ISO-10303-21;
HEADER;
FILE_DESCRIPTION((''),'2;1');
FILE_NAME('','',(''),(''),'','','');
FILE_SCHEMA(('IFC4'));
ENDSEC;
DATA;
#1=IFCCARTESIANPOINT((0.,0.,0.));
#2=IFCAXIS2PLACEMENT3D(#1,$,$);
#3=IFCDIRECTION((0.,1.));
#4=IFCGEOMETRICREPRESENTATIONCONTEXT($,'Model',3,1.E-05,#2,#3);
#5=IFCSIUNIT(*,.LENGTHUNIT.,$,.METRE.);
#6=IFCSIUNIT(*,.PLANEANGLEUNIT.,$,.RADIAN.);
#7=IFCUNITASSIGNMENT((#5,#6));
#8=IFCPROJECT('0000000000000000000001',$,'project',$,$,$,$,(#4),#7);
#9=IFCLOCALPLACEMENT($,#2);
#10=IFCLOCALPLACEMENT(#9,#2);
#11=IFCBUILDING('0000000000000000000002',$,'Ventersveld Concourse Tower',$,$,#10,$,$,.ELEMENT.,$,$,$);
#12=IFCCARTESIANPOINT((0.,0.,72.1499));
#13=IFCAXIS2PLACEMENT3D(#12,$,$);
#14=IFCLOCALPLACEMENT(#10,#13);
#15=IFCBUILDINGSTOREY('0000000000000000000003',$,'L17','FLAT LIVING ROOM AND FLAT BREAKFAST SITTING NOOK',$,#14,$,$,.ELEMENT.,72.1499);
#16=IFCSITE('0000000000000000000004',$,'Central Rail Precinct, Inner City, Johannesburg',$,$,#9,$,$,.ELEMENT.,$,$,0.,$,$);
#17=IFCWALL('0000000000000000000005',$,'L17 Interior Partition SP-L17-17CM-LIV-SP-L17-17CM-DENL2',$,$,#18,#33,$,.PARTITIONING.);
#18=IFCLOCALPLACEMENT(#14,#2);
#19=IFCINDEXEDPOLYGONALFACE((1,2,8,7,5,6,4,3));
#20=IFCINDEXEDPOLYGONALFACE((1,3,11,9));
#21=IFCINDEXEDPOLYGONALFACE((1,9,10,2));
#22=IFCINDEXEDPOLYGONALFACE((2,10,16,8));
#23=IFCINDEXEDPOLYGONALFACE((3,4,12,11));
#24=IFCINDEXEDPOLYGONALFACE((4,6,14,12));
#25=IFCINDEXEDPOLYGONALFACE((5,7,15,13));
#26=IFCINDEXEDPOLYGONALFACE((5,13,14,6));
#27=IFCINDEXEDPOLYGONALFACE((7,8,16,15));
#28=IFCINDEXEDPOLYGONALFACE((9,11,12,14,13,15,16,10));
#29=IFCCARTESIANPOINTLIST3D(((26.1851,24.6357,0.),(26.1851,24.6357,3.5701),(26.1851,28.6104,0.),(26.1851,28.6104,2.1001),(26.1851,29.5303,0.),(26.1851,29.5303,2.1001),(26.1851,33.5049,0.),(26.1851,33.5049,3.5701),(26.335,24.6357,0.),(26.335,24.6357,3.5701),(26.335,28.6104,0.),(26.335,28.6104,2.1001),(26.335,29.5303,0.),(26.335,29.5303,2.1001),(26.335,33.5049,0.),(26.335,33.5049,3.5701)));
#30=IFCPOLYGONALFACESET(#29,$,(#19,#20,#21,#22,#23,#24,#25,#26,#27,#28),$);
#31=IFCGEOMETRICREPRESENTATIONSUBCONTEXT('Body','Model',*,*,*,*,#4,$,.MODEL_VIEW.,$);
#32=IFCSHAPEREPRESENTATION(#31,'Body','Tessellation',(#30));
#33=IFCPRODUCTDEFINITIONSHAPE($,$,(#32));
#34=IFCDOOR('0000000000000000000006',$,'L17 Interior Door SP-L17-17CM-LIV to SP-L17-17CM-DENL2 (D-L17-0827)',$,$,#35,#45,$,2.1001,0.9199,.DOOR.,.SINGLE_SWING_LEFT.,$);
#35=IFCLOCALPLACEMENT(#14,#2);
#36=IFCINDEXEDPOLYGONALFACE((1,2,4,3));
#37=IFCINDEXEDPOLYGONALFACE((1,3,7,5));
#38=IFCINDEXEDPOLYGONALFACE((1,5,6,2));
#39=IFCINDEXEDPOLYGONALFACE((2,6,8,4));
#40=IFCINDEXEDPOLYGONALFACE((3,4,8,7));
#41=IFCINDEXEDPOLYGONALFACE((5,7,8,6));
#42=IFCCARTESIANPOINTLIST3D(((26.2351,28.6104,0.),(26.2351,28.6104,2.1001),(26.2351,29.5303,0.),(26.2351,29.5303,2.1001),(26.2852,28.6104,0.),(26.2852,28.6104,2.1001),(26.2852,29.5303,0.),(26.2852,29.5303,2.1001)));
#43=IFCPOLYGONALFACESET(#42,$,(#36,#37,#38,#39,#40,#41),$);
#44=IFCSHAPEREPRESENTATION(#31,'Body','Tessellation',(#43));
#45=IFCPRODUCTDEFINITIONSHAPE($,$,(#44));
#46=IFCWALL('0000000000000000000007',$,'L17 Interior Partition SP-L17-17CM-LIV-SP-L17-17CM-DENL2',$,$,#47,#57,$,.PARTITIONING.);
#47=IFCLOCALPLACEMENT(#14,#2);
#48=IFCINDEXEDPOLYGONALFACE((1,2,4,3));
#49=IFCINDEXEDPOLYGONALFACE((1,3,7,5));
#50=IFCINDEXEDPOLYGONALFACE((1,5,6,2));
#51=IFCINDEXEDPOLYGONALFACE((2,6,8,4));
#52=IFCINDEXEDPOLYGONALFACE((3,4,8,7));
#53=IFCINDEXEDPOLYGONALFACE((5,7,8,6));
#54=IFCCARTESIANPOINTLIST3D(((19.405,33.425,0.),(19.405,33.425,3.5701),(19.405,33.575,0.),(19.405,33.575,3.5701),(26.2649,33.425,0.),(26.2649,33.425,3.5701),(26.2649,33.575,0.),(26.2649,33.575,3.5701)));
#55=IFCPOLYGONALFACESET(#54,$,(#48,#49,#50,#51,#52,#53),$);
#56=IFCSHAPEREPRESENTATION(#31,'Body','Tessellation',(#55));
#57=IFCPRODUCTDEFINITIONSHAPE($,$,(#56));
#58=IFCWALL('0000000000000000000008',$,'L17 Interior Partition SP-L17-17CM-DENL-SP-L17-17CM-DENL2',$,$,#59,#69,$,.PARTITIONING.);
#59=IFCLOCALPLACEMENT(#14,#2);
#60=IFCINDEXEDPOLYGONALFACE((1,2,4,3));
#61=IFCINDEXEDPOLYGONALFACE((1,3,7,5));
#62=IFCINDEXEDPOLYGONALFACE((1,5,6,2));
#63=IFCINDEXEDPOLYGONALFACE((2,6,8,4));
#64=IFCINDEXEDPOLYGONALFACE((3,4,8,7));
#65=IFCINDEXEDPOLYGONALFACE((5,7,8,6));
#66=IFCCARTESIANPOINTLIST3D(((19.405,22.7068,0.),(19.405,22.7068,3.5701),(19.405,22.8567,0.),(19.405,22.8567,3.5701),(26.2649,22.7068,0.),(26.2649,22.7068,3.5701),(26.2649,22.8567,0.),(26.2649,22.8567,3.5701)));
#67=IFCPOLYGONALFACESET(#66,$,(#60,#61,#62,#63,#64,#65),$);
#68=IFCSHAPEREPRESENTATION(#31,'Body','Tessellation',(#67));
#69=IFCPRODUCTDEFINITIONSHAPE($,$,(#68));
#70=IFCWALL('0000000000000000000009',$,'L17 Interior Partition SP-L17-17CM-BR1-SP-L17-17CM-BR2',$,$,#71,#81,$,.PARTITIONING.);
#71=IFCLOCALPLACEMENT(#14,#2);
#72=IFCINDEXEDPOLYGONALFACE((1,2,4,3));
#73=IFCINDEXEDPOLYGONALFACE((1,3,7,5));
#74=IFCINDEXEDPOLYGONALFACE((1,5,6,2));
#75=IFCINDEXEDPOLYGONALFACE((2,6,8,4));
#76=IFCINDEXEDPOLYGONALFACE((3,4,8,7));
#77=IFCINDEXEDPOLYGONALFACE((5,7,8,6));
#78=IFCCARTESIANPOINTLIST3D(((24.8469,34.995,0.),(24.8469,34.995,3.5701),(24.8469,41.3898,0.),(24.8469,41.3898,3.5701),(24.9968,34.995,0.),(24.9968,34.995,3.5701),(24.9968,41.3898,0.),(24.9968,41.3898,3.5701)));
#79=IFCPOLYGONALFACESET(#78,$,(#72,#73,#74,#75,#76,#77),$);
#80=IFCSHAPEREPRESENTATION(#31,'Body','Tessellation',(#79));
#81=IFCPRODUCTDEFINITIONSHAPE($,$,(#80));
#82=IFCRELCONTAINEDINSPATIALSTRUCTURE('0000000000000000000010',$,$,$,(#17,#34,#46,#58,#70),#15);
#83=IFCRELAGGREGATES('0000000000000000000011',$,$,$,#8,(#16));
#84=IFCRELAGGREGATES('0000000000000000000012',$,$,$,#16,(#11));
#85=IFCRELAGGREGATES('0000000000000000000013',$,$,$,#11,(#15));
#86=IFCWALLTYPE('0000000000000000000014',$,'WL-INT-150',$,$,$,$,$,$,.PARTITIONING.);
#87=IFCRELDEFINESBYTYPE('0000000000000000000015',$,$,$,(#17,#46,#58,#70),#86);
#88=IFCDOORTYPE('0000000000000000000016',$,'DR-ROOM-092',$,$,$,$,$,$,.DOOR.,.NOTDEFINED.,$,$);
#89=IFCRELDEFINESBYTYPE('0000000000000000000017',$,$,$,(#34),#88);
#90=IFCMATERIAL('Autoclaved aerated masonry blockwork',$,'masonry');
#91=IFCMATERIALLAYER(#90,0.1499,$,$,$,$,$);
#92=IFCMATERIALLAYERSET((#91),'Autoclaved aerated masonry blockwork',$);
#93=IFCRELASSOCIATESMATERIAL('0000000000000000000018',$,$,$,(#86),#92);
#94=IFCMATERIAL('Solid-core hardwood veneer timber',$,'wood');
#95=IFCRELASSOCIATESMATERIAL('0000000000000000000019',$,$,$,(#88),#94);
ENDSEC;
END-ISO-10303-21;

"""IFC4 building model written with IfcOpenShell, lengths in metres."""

from ifc_helpers import new_model, si_unit, direction, frame, frame_2d, origin, place, context, subcontext, project, spatial, rectangle, extrude, material, layer, layer_set, type_object, element, fill, save


model = new_model("IFC4")

# Units and contexts
model_context = context("Model", 3, precision=1e-05, world=origin(), true_north=direction((0.0, 1.0)))
body_context = subcontext(model_context, "Body", "Model", "MODEL_VIEW")
ifc_project = project(units=[si_unit("LENGTHUNIT", "METRE"), si_unit("PLANEANGLEUNIT", "RADIAN")], contexts=[model_context])

# Site, building, storey
site_placement = place(None, origin())
site = spatial("IfcSite", under=ifc_project, at=site_placement, Name="Central Rail Precinct, Inner City, Johannesburg", CompositionType="ELEMENT", RefElevation=0.0)
building_placement = place(site_placement, origin())
building = spatial("IfcBuilding", under=site, at=building_placement, Name="Ventersveld Concourse Tower", CompositionType="ELEMENT")
storey_placement = place(building_placement, frame((0.0, 0.0, 72.1499)))
storey = spatial("IfcBuildingStorey", under=building, at=storey_placement, Name="L17", Description="FLAT LIVING ROOM AND FLAT BREAKFAST SITTING NOOK", CompositionType="ELEMENT", Elevation=72.1499)

# Shared definitions
ifc_material_1 = material(Name="Autoclaved aerated masonry blockwork", Category="masonry")
ifc_layer_1 = layer(ifc_material_1, 0.1499)
ifc_layer_set_1 = layer_set([ifc_layer_1], Name="Autoclaved aerated masonry blockwork")
wall_type_1 = type_object("IfcWallType", Name="WL-INT-150", PredefinedType="PARTITIONING", material=ifc_layer_set_1)
ifc_material_2 = material(Name="Solid-core hardwood veneer timber", Category="wood")
door_type = type_object("IfcDoorType", Name="DR-ROOM-092", OperationType="NOTDEFINED", PredefinedType="DOOR", material=ifc_material_2)

# Wall, opening, door
wall_1_placement = place(storey_placement, frame((26.26, 24.6357, 0.0), z_axis=(0.0, 0.0, 1.0), x_axis=(0.0, 1.0, 0.0)))
wall_1 = element("IfcWall", 1, at=wall_1_placement, inside=storey, type_object=wall_type_1, Name="L17 Interior Partition SP-L17-17CM-LIV-SP-L17-17CM-DENL2", PredefinedType="PARTITIONING", context=body_context, shape_type="SweptSolid", body=[
    extrude(rectangle(XDim=8.8691, YDim=0.1499, at=frame_2d((4.4346, 0.0))), origin(), (0.0, 0.0, 1.0), 3.5701),
])
opening_1_placement = place(wall_1_placement, frame((3.9746, 0.0, 0.0)))
opening_1 = element("IfcOpeningElement", 2, at=opening_1_placement, cuts=wall_1, PredefinedType="OPENING", context=body_context, shape_type="SweptSolid", body=[
    extrude(rectangle(XDim=0.9199, YDim=2.1001, at=frame_2d((0.46, 1.05))), frame((0.0, 0.085, 0.0), z_axis=(0.0, -1.0, 0.0), x_axis=(1.0, 0.0, 0.0)), (0.0, 0.0, 1.0), 0.1699),
])
door_1_placement = place(opening_1_placement, origin())
door_1 = element("IfcDoor", 3, at=door_1_placement, inside=storey, type_object=door_type, Name="L17 Interior Door SP-L17-17CM-LIV to SP-L17-17CM-DENL2 (D-L17-0827)", OperationType="SINGLE_SWING_LEFT", OverallHeight=2.1001, OverallWidth=0.9199, PredefinedType="DOOR", context=body_context, shape_type="SweptSolid", body=[
    extrude(rectangle(XDim=0.9199, YDim=2.1001, at=frame_2d((0.46, 1.05))), frame((0.0, 0.0249, 0.0), z_axis=(0.0, -1.0, 0.0), x_axis=(1.0, 0.0, 0.0)), (0.0, 0.0, 1.0), 0.05),
])
fill(opening_1, door_1)

# Walls
for number, where, z_axis, x_axis, name in (
    (4, (19.405, 33.5, 0.0), (0.0, 0.0, 1.0), (1.0, 0.0, 0.0), "L17 Interior Partition SP-L17-17CM-LIV-SP-L17-17CM-DENL2"),
    (5, (19.405, 22.7817, 0.0), (0.0, 0.0, 1.0), (1.0, 0.0, 0.0), "L17 Interior Partition SP-L17-17CM-DENL-SP-L17-17CM-DENL2"),
):
    element("IfcWall", number, at=place(storey_placement, frame(where, z_axis=z_axis, x_axis=x_axis)), inside=storey, type_object=wall_type_1, Name=name, PredefinedType="PARTITIONING", context=body_context, shape_type="SweptSolid", body=[
        extrude(rectangle(XDim=6.8599, YDim=0.1499, at=frame_2d((3.4299, 0.0))), origin(), (0.0, 0.0, 1.0), 3.5701),
    ])
wall_2_placement = place(storey_placement, frame((24.9219, 34.9951, 0.0), z_axis=(0.0, 0.0, 1.0), x_axis=(0.0, 1.0, 0.0)))
element("IfcWall", 6, at=wall_2_placement, inside=storey, type_object=wall_type_1, Name="L17 Interior Partition SP-L17-17CM-BR1-SP-L17-17CM-BR2", PredefinedType="PARTITIONING", context=body_context, shape_type="SweptSolid", body=[
    extrude(rectangle(XDim=6.3948, YDim=0.1499, at=frame_2d((3.1973, 0.0))), origin(), (0.0, 0.0, 1.0), 3.5701),
])

save(model, "model.ifc")
